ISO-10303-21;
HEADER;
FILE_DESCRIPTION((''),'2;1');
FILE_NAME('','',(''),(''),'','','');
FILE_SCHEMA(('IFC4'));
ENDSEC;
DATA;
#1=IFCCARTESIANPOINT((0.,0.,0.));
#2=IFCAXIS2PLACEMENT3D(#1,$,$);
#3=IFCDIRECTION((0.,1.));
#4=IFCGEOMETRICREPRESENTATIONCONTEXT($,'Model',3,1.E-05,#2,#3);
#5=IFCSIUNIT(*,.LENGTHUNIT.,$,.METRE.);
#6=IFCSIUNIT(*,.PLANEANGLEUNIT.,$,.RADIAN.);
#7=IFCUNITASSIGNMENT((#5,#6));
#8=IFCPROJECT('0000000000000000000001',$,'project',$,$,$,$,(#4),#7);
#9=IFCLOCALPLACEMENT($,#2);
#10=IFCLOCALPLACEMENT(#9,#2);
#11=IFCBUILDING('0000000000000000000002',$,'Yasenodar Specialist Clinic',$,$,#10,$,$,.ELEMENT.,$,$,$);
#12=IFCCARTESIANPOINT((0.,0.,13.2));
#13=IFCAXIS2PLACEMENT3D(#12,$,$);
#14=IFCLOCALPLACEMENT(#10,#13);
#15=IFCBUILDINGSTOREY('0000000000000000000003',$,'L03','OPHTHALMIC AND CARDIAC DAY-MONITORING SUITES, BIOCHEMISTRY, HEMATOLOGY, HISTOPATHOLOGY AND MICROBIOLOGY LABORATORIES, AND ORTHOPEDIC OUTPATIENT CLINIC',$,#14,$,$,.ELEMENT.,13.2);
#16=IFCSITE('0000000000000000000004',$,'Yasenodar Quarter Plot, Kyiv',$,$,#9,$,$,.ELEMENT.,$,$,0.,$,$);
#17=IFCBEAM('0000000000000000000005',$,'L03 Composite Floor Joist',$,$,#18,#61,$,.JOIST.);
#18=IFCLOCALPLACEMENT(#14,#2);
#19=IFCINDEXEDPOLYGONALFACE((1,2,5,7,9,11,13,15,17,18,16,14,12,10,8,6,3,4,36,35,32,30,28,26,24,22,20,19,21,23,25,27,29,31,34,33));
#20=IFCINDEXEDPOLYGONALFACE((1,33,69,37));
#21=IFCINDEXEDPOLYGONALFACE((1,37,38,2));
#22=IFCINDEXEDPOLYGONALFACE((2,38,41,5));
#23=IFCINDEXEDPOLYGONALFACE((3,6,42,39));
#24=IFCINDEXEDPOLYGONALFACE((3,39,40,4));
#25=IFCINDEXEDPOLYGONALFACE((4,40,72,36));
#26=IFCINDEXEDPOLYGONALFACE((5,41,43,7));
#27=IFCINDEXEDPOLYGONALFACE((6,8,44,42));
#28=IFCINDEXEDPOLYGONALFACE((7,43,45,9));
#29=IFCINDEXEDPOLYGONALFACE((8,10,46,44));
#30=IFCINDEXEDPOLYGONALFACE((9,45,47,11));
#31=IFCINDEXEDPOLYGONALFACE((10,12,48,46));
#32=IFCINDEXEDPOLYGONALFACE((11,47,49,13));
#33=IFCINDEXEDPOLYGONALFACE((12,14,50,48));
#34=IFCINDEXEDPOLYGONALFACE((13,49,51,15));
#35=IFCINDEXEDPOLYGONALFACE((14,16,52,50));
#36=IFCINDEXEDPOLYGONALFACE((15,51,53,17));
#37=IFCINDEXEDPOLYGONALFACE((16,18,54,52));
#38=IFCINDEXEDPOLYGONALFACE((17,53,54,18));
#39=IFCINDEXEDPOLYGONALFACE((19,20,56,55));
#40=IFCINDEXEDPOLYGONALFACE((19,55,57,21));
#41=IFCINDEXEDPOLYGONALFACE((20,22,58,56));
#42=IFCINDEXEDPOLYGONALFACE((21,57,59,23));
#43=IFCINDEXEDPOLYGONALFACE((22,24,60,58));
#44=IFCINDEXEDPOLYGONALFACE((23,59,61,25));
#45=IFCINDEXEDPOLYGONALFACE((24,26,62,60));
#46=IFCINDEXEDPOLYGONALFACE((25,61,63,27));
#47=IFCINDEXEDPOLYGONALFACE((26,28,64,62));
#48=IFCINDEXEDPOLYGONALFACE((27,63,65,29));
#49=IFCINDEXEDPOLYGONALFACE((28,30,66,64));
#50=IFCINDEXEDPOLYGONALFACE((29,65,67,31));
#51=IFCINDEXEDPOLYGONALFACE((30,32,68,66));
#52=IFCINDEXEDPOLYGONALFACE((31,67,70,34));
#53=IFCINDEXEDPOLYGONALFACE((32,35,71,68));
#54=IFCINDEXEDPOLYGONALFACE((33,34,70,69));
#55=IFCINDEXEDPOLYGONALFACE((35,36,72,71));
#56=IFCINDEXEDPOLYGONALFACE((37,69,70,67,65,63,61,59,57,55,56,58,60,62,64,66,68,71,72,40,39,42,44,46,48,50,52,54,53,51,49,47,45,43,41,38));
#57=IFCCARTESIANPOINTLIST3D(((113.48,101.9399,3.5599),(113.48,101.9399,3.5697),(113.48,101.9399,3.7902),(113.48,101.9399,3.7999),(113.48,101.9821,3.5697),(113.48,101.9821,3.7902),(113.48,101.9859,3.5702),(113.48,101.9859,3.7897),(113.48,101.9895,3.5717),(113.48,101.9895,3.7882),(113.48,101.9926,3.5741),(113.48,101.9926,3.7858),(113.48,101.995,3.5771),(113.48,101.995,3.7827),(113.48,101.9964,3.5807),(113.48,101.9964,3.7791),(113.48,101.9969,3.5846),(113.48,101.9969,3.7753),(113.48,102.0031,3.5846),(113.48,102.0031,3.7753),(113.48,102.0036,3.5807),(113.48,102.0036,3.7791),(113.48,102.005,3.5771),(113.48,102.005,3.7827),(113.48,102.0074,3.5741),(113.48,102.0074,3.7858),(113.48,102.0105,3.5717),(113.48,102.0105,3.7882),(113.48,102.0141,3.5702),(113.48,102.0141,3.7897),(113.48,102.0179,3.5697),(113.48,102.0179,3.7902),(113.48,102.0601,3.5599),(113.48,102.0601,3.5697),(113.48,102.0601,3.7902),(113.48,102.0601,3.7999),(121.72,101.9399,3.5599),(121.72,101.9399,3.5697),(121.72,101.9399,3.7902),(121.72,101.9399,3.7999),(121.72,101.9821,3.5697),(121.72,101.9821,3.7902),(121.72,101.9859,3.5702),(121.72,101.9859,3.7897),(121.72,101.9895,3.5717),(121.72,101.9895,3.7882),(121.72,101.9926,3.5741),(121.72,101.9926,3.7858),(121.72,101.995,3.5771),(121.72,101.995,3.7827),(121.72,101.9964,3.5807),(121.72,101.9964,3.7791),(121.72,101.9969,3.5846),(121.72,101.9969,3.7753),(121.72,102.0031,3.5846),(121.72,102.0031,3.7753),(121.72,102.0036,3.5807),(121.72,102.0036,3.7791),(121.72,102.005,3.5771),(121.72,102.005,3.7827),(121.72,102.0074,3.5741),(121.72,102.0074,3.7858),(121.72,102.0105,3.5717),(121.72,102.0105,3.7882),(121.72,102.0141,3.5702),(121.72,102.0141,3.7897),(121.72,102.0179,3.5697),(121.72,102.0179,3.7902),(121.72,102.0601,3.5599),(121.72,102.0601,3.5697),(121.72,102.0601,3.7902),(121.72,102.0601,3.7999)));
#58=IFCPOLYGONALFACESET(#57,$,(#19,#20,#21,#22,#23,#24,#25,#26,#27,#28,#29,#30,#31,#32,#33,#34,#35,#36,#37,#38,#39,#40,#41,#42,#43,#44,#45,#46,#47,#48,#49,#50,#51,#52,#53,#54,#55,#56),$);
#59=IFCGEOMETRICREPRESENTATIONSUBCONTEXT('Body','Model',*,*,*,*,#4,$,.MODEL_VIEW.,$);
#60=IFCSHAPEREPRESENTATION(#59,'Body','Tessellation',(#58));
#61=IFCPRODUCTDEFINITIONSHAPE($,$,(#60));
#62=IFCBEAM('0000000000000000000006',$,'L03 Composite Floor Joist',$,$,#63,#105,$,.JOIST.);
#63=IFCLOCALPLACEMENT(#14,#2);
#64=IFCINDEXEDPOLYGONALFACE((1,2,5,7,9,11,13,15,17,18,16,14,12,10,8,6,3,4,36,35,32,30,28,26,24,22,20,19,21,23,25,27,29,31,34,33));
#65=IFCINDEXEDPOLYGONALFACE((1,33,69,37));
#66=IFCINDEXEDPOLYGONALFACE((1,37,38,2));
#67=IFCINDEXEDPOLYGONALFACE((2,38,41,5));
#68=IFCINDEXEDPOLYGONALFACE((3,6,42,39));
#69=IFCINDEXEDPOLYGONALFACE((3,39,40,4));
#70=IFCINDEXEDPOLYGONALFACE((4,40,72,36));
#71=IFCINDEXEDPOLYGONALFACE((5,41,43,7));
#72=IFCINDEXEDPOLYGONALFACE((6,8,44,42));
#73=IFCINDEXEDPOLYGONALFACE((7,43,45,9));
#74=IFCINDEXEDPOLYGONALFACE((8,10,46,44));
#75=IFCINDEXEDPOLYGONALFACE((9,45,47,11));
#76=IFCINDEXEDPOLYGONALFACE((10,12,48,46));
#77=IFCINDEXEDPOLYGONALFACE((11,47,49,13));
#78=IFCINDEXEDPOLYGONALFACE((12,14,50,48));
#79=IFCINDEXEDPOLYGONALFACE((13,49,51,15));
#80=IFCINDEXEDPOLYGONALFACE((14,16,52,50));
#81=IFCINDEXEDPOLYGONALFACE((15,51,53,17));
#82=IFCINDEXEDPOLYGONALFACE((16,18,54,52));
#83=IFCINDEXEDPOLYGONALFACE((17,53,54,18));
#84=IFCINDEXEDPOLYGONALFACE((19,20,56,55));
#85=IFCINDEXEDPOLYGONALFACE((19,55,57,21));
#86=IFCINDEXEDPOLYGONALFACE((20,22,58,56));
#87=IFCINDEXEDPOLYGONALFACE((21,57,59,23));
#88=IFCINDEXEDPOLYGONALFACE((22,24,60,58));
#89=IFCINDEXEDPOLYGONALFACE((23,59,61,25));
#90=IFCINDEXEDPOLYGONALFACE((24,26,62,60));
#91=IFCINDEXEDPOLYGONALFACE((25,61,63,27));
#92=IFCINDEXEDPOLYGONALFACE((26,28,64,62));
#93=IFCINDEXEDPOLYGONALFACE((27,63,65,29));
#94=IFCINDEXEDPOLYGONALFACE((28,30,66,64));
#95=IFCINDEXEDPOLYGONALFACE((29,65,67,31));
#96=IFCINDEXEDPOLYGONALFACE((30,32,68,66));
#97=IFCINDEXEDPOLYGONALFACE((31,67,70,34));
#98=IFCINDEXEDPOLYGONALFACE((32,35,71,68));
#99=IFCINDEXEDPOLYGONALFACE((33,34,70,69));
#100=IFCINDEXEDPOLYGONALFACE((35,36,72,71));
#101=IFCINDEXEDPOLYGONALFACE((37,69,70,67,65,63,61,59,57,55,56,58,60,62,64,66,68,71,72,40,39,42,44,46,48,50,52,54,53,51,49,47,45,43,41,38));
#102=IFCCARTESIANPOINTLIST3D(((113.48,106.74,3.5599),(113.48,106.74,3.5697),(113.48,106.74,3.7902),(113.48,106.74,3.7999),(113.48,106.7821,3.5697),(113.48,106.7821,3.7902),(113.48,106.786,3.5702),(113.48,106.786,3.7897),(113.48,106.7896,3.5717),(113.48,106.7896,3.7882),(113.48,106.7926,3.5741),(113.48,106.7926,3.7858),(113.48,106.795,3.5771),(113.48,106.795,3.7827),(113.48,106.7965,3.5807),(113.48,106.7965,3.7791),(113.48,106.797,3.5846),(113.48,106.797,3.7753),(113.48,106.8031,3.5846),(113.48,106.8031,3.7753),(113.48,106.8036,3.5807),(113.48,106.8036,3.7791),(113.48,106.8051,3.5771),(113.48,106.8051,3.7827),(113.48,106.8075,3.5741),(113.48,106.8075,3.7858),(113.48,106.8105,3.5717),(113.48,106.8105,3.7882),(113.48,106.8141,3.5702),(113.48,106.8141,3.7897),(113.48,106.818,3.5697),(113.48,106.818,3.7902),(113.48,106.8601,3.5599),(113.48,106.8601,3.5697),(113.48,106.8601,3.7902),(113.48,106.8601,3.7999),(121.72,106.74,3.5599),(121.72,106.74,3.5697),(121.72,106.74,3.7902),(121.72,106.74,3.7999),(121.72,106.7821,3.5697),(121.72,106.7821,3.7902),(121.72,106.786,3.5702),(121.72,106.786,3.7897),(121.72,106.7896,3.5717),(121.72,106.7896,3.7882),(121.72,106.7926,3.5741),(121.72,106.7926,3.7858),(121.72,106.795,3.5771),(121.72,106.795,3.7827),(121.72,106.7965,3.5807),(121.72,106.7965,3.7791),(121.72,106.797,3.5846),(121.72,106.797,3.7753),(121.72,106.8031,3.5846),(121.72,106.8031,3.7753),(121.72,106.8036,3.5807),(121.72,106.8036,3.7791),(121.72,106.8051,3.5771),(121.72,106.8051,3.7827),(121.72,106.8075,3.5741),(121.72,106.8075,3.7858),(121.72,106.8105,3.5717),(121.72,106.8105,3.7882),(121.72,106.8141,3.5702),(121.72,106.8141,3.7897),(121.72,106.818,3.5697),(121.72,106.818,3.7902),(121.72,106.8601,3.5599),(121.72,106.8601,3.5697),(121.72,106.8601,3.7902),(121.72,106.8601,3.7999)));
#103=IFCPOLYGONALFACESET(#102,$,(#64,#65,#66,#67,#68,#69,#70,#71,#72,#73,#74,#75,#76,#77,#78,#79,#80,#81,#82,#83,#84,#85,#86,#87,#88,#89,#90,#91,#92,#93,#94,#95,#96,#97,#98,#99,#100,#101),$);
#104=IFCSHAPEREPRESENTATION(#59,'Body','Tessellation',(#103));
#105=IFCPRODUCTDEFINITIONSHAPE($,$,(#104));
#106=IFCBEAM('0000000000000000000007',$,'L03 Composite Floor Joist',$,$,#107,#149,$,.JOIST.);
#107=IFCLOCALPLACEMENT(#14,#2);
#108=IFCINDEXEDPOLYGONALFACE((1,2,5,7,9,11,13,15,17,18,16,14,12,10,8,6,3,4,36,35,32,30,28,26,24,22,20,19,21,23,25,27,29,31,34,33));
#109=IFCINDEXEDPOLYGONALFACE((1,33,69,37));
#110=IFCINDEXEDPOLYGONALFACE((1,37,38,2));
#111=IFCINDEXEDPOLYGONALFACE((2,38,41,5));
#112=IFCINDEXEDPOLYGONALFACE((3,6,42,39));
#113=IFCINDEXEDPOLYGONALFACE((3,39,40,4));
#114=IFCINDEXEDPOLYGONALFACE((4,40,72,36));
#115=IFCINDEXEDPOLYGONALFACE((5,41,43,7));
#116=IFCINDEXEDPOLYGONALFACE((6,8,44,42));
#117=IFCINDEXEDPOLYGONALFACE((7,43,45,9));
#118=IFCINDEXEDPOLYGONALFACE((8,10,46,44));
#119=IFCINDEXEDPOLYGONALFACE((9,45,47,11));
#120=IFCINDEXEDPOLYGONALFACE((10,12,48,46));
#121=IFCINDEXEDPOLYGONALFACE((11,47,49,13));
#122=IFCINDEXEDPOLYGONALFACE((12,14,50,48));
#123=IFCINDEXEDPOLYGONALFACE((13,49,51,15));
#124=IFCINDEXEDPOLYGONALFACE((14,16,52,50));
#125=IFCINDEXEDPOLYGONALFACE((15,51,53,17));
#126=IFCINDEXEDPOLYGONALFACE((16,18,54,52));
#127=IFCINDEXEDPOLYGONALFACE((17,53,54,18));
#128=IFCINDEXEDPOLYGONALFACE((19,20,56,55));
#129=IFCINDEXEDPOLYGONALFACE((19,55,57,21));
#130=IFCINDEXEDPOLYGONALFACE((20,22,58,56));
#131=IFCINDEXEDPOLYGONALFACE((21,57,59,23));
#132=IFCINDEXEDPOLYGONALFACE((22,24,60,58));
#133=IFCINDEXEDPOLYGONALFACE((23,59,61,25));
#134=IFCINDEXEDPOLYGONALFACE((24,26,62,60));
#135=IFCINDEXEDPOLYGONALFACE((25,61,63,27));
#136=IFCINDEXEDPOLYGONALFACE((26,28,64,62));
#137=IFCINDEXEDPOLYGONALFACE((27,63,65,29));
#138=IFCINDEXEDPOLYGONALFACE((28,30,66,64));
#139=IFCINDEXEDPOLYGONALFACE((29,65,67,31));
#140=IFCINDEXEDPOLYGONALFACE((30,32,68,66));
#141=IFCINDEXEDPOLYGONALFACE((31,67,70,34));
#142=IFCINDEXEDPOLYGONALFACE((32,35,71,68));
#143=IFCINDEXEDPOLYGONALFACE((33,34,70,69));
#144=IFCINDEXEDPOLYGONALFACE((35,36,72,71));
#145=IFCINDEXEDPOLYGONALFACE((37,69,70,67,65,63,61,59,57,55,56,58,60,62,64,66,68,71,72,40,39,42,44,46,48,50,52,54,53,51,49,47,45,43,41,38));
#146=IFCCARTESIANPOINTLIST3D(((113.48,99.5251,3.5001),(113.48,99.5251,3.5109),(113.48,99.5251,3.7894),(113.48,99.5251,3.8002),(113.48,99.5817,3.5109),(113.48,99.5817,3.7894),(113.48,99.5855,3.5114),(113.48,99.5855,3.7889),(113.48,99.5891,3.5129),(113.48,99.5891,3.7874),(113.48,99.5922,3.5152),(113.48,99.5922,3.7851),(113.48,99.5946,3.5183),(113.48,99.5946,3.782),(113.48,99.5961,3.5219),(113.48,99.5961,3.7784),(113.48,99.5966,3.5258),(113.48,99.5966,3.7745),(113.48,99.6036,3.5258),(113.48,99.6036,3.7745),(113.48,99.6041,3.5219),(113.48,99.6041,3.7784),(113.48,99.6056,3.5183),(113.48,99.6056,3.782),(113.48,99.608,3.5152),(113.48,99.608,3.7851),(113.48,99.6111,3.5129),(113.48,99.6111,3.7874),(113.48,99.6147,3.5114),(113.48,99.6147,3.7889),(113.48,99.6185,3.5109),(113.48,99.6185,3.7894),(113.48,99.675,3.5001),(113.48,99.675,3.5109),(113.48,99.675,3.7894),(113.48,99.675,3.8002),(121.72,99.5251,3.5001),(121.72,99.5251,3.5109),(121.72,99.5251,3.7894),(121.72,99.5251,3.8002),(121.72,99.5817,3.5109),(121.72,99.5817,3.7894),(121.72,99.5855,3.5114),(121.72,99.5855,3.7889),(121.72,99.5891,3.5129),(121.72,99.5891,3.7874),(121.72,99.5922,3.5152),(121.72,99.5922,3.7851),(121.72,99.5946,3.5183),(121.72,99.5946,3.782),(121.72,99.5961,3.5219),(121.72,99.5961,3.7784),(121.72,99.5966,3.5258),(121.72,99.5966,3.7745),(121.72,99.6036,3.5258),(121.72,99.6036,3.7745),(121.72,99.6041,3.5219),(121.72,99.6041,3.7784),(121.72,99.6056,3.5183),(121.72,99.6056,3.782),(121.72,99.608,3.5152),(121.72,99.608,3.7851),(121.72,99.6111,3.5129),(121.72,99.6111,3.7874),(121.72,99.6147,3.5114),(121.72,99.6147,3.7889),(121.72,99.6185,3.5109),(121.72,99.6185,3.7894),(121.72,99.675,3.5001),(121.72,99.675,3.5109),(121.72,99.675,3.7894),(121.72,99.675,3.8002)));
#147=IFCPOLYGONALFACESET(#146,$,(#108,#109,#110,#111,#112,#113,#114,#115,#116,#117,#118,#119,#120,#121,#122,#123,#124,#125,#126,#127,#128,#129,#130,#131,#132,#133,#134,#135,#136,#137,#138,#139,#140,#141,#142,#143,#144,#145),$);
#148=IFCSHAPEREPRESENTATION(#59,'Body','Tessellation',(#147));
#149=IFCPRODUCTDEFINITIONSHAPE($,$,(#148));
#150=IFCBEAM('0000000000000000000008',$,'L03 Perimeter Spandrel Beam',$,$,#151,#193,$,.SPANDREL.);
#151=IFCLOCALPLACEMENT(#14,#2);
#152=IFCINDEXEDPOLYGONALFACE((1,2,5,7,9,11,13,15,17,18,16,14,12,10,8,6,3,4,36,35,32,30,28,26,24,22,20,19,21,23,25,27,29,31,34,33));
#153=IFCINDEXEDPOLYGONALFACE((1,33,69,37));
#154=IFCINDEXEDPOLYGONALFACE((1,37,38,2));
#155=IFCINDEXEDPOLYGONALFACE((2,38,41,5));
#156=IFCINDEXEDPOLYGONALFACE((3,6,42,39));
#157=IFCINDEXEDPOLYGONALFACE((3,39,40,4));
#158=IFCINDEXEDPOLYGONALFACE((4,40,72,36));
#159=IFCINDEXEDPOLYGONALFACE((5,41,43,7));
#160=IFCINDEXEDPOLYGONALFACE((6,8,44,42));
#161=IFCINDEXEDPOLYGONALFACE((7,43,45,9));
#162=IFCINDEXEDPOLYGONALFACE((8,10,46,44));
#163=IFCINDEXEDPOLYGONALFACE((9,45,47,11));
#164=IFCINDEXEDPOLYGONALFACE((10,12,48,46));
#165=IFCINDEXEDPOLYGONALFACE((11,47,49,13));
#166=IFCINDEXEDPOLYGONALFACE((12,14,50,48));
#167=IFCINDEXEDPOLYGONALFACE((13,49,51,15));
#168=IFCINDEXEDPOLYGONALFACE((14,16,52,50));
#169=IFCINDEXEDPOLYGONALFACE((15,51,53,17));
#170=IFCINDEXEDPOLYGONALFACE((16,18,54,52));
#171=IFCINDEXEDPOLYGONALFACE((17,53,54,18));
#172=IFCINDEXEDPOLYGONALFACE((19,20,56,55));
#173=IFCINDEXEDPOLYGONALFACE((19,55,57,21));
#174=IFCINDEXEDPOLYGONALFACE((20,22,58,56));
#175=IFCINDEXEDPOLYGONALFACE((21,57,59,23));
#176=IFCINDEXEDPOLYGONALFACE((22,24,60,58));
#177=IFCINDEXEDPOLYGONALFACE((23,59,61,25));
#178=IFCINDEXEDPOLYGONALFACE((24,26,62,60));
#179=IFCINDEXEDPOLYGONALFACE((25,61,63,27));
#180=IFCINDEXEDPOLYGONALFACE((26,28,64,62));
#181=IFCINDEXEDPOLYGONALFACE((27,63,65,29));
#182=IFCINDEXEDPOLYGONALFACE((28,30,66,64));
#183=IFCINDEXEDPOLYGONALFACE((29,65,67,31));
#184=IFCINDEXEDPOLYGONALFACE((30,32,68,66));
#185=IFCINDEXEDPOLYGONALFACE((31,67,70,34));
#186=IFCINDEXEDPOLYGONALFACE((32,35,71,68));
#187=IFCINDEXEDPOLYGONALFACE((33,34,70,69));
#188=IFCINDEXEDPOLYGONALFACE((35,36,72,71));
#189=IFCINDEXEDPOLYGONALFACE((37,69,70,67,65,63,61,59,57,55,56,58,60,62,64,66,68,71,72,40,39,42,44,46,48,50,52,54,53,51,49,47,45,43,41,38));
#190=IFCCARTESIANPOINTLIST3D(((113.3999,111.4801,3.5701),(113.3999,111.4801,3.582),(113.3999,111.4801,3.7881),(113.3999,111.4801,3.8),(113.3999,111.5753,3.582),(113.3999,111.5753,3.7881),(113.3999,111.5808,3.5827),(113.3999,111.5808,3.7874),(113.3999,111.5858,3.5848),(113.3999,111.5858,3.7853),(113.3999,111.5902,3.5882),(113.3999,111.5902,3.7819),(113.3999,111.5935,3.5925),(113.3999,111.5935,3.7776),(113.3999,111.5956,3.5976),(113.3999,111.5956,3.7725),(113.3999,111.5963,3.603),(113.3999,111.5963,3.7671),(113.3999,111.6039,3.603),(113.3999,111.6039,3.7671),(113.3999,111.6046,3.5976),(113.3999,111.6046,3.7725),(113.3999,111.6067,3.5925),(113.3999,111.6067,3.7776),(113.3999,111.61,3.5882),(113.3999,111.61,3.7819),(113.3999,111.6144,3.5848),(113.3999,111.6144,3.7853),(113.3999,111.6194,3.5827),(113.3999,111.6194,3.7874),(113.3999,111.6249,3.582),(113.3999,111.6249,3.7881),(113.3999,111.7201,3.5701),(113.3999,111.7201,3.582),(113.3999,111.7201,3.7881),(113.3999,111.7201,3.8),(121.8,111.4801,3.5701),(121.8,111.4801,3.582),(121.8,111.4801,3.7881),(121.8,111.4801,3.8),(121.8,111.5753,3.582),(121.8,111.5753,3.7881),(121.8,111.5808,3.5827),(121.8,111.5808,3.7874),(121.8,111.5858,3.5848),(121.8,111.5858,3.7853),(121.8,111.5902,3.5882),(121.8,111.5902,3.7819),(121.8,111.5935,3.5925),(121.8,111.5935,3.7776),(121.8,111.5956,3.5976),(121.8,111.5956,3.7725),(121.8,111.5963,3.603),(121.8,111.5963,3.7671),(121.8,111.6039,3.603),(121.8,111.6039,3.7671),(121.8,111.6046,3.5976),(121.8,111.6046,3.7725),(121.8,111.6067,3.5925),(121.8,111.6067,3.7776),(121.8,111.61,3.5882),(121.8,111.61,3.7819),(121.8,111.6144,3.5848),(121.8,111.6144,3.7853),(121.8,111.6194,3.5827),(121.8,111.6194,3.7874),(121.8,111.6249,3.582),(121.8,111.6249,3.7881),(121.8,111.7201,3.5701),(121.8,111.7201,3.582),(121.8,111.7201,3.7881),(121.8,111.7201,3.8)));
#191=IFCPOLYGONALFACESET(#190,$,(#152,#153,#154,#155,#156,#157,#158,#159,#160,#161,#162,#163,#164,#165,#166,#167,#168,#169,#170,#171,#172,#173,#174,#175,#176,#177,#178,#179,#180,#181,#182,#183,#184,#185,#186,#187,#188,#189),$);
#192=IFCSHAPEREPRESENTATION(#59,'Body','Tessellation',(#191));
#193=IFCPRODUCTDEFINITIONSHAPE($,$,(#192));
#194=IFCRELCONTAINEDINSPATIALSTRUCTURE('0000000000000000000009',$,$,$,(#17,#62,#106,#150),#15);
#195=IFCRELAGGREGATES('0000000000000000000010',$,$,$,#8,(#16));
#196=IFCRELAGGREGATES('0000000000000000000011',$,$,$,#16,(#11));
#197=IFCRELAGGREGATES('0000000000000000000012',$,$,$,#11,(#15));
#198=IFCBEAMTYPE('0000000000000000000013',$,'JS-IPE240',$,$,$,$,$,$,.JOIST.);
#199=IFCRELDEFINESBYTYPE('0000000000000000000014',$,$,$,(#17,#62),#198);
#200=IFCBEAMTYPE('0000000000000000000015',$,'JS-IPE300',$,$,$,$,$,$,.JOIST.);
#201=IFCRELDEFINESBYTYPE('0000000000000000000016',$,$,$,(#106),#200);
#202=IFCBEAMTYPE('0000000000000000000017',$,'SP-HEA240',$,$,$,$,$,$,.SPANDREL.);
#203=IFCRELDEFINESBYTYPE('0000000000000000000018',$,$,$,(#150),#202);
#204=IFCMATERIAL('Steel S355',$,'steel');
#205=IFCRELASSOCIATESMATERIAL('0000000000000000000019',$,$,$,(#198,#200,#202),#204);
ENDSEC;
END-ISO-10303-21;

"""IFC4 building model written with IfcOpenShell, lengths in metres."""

from ifc_helpers import new_model, si_unit, direction, frame, origin, origin_2d, place, context, subcontext, project, spatial, i_section, extrude, material, material_profile, profile_set, type_object, element, save


model = new_model("IFC4")

# Units and contexts
model_context = context("Model", 3, precision=1e-05, world=origin(), true_north=direction((0.0, 1.0)))
body_context = subcontext(model_context, "Body", "Model", "MODEL_VIEW")
ifc_project = project(units=[si_unit("LENGTHUNIT", "METRE"), si_unit("PLANEANGLEUNIT", "RADIAN")], contexts=[model_context])

# Site, building, storey
site_placement = place(None, origin())
site = spatial("IfcSite", under=ifc_project, at=site_placement, Name="Yasenodar Quarter Plot, Kyiv", CompositionType="ELEMENT", RefElevation=0.0)
building_placement = place(site_placement, origin())
building = spatial("IfcBuilding", under=site, at=building_placement, Name="Yasenodar Specialist Clinic", CompositionType="ELEMENT")
storey_placement = place(building_placement, frame((0.0, 0.0, 13.2)))
storey = spatial("IfcBuildingStorey", under=building, at=storey_placement, Name="L03", Description="OPHTHALMIC AND CARDIAC DAY-MONITORING SUITES, BIOCHEMISTRY, HEMATOLOGY, HISTOPATHOLOGY AND MICROBIOLOGY LABORATORIES, AND ORTHOPEDIC OUTPATIENT CLINIC", CompositionType="ELEMENT", Elevation=13.2)

# Shared definitions
ifc_material_1 = material(Name="Steel S355", Category="steel")

# Beams
ifc_material_profile_1 = material_profile(ifc_material_1, i_section(OverallWidth=0.1201, OverallDepth=0.24, WebThickness=0.0061, FlangeThickness=0.0098, FilletRadius=0.0149, at=origin_2d()), Name="IPE 240")
ifc_profile_set_1 = profile_set([ifc_material_profile_1], Name="Steel S355")
beam_type_1 = type_object("IfcBeamType", Name="JS-IPE240", PredefinedType="JOIST", material=ifc_profile_set_1)
for number, where, z_axis, x_axis, name in (
    (1, (113.48, 102.0, 3.6799), (1.0, 0.0, 0.0), (0.0, 1.0, 0.0), "L03 Composite Floor Joist"),
    (2, (113.48, 106.8, 3.6799), (1.0, 0.0, 0.0), (0.0, 1.0, 0.0), "L03 Composite Floor Joist"),
):
    element("IfcBeam", number, at=place(storey_placement, frame(where, z_axis=z_axis, x_axis=x_axis)), inside=storey, type_object=beam_type_1, Name=name, PredefinedType="JOIST", context=body_context, shape_type="SweptSolid", body=[
        extrude(i_section(OverallWidth=0.1201, OverallDepth=0.24, WebThickness=0.0061, FlangeThickness=0.0098, FilletRadius=0.0149, at=origin_2d()), origin(), (0.0, 0.0, 1.0), 8.24),
    ])
ifc_material_profile_2 = material_profile(ifc_material_1, i_section(OverallWidth=0.1499, OverallDepth=0.3, WebThickness=0.0071, FlangeThickness=0.0107, FilletRadius=0.0149, at=origin_2d()), Name="IPE 300")
ifc_profile_set_2 = profile_set([ifc_material_profile_2], Name="Steel S355")
beam_type_2 = type_object("IfcBeamType", Name="JS-IPE300", PredefinedType="JOIST", material=ifc_profile_set_2)
beam_1_placement = place(storey_placement, frame((113.48, 99.6001, 3.6501), z_axis=(1.0, 0.0, 0.0), x_axis=(0.0, 1.0, 0.0)))
element("IfcBeam", 3, at=beam_1_placement, inside=storey, type_object=beam_type_2, Name="L03 Composite Floor Joist", PredefinedType="JOIST", context=body_context, shape_type="SweptSolid", body=[
    extrude(i_section(OverallWidth=0.1499, OverallDepth=0.3, WebThickness=0.0071, FlangeThickness=0.0107, FilletRadius=0.0149, at=origin_2d()), origin(), (0.0, 0.0, 1.0), 8.24),
])
ifc_material_profile_3 = material_profile(ifc_material_1, i_section(OverallWidth=0.24, OverallDepth=0.23, WebThickness=0.0076, FlangeThickness=0.012, FilletRadius=0.021, at=origin_2d()), Name="HEA 240")
ifc_profile_set_3 = profile_set([ifc_material_profile_3], Name="Steel S355")
beam_type_3 = type_object("IfcBeamType", Name="SP-HEA240", PredefinedType="SPANDREL", material=ifc_profile_set_3)
beam_2_placement = place(storey_placement, frame((113.3999, 111.6001, 3.6851), z_axis=(1.0, 0.0, 0.0), x_axis=(0.0, 1.0, 0.0)))
element("IfcBeam", 4, at=beam_2_placement, inside=storey, type_object=beam_type_3, Name="L03 Perimeter Spandrel Beam", PredefinedType="SPANDREL", context=body_context, shape_type="SweptSolid", body=[
    extrude(i_section(OverallWidth=0.24, OverallDepth=0.23, WebThickness=0.0076, FlangeThickness=0.012, FilletRadius=0.021, at=origin_2d()), origin(), (0.0, 0.0, 1.0), 8.4001),
])

save(model, "model.ifc")
